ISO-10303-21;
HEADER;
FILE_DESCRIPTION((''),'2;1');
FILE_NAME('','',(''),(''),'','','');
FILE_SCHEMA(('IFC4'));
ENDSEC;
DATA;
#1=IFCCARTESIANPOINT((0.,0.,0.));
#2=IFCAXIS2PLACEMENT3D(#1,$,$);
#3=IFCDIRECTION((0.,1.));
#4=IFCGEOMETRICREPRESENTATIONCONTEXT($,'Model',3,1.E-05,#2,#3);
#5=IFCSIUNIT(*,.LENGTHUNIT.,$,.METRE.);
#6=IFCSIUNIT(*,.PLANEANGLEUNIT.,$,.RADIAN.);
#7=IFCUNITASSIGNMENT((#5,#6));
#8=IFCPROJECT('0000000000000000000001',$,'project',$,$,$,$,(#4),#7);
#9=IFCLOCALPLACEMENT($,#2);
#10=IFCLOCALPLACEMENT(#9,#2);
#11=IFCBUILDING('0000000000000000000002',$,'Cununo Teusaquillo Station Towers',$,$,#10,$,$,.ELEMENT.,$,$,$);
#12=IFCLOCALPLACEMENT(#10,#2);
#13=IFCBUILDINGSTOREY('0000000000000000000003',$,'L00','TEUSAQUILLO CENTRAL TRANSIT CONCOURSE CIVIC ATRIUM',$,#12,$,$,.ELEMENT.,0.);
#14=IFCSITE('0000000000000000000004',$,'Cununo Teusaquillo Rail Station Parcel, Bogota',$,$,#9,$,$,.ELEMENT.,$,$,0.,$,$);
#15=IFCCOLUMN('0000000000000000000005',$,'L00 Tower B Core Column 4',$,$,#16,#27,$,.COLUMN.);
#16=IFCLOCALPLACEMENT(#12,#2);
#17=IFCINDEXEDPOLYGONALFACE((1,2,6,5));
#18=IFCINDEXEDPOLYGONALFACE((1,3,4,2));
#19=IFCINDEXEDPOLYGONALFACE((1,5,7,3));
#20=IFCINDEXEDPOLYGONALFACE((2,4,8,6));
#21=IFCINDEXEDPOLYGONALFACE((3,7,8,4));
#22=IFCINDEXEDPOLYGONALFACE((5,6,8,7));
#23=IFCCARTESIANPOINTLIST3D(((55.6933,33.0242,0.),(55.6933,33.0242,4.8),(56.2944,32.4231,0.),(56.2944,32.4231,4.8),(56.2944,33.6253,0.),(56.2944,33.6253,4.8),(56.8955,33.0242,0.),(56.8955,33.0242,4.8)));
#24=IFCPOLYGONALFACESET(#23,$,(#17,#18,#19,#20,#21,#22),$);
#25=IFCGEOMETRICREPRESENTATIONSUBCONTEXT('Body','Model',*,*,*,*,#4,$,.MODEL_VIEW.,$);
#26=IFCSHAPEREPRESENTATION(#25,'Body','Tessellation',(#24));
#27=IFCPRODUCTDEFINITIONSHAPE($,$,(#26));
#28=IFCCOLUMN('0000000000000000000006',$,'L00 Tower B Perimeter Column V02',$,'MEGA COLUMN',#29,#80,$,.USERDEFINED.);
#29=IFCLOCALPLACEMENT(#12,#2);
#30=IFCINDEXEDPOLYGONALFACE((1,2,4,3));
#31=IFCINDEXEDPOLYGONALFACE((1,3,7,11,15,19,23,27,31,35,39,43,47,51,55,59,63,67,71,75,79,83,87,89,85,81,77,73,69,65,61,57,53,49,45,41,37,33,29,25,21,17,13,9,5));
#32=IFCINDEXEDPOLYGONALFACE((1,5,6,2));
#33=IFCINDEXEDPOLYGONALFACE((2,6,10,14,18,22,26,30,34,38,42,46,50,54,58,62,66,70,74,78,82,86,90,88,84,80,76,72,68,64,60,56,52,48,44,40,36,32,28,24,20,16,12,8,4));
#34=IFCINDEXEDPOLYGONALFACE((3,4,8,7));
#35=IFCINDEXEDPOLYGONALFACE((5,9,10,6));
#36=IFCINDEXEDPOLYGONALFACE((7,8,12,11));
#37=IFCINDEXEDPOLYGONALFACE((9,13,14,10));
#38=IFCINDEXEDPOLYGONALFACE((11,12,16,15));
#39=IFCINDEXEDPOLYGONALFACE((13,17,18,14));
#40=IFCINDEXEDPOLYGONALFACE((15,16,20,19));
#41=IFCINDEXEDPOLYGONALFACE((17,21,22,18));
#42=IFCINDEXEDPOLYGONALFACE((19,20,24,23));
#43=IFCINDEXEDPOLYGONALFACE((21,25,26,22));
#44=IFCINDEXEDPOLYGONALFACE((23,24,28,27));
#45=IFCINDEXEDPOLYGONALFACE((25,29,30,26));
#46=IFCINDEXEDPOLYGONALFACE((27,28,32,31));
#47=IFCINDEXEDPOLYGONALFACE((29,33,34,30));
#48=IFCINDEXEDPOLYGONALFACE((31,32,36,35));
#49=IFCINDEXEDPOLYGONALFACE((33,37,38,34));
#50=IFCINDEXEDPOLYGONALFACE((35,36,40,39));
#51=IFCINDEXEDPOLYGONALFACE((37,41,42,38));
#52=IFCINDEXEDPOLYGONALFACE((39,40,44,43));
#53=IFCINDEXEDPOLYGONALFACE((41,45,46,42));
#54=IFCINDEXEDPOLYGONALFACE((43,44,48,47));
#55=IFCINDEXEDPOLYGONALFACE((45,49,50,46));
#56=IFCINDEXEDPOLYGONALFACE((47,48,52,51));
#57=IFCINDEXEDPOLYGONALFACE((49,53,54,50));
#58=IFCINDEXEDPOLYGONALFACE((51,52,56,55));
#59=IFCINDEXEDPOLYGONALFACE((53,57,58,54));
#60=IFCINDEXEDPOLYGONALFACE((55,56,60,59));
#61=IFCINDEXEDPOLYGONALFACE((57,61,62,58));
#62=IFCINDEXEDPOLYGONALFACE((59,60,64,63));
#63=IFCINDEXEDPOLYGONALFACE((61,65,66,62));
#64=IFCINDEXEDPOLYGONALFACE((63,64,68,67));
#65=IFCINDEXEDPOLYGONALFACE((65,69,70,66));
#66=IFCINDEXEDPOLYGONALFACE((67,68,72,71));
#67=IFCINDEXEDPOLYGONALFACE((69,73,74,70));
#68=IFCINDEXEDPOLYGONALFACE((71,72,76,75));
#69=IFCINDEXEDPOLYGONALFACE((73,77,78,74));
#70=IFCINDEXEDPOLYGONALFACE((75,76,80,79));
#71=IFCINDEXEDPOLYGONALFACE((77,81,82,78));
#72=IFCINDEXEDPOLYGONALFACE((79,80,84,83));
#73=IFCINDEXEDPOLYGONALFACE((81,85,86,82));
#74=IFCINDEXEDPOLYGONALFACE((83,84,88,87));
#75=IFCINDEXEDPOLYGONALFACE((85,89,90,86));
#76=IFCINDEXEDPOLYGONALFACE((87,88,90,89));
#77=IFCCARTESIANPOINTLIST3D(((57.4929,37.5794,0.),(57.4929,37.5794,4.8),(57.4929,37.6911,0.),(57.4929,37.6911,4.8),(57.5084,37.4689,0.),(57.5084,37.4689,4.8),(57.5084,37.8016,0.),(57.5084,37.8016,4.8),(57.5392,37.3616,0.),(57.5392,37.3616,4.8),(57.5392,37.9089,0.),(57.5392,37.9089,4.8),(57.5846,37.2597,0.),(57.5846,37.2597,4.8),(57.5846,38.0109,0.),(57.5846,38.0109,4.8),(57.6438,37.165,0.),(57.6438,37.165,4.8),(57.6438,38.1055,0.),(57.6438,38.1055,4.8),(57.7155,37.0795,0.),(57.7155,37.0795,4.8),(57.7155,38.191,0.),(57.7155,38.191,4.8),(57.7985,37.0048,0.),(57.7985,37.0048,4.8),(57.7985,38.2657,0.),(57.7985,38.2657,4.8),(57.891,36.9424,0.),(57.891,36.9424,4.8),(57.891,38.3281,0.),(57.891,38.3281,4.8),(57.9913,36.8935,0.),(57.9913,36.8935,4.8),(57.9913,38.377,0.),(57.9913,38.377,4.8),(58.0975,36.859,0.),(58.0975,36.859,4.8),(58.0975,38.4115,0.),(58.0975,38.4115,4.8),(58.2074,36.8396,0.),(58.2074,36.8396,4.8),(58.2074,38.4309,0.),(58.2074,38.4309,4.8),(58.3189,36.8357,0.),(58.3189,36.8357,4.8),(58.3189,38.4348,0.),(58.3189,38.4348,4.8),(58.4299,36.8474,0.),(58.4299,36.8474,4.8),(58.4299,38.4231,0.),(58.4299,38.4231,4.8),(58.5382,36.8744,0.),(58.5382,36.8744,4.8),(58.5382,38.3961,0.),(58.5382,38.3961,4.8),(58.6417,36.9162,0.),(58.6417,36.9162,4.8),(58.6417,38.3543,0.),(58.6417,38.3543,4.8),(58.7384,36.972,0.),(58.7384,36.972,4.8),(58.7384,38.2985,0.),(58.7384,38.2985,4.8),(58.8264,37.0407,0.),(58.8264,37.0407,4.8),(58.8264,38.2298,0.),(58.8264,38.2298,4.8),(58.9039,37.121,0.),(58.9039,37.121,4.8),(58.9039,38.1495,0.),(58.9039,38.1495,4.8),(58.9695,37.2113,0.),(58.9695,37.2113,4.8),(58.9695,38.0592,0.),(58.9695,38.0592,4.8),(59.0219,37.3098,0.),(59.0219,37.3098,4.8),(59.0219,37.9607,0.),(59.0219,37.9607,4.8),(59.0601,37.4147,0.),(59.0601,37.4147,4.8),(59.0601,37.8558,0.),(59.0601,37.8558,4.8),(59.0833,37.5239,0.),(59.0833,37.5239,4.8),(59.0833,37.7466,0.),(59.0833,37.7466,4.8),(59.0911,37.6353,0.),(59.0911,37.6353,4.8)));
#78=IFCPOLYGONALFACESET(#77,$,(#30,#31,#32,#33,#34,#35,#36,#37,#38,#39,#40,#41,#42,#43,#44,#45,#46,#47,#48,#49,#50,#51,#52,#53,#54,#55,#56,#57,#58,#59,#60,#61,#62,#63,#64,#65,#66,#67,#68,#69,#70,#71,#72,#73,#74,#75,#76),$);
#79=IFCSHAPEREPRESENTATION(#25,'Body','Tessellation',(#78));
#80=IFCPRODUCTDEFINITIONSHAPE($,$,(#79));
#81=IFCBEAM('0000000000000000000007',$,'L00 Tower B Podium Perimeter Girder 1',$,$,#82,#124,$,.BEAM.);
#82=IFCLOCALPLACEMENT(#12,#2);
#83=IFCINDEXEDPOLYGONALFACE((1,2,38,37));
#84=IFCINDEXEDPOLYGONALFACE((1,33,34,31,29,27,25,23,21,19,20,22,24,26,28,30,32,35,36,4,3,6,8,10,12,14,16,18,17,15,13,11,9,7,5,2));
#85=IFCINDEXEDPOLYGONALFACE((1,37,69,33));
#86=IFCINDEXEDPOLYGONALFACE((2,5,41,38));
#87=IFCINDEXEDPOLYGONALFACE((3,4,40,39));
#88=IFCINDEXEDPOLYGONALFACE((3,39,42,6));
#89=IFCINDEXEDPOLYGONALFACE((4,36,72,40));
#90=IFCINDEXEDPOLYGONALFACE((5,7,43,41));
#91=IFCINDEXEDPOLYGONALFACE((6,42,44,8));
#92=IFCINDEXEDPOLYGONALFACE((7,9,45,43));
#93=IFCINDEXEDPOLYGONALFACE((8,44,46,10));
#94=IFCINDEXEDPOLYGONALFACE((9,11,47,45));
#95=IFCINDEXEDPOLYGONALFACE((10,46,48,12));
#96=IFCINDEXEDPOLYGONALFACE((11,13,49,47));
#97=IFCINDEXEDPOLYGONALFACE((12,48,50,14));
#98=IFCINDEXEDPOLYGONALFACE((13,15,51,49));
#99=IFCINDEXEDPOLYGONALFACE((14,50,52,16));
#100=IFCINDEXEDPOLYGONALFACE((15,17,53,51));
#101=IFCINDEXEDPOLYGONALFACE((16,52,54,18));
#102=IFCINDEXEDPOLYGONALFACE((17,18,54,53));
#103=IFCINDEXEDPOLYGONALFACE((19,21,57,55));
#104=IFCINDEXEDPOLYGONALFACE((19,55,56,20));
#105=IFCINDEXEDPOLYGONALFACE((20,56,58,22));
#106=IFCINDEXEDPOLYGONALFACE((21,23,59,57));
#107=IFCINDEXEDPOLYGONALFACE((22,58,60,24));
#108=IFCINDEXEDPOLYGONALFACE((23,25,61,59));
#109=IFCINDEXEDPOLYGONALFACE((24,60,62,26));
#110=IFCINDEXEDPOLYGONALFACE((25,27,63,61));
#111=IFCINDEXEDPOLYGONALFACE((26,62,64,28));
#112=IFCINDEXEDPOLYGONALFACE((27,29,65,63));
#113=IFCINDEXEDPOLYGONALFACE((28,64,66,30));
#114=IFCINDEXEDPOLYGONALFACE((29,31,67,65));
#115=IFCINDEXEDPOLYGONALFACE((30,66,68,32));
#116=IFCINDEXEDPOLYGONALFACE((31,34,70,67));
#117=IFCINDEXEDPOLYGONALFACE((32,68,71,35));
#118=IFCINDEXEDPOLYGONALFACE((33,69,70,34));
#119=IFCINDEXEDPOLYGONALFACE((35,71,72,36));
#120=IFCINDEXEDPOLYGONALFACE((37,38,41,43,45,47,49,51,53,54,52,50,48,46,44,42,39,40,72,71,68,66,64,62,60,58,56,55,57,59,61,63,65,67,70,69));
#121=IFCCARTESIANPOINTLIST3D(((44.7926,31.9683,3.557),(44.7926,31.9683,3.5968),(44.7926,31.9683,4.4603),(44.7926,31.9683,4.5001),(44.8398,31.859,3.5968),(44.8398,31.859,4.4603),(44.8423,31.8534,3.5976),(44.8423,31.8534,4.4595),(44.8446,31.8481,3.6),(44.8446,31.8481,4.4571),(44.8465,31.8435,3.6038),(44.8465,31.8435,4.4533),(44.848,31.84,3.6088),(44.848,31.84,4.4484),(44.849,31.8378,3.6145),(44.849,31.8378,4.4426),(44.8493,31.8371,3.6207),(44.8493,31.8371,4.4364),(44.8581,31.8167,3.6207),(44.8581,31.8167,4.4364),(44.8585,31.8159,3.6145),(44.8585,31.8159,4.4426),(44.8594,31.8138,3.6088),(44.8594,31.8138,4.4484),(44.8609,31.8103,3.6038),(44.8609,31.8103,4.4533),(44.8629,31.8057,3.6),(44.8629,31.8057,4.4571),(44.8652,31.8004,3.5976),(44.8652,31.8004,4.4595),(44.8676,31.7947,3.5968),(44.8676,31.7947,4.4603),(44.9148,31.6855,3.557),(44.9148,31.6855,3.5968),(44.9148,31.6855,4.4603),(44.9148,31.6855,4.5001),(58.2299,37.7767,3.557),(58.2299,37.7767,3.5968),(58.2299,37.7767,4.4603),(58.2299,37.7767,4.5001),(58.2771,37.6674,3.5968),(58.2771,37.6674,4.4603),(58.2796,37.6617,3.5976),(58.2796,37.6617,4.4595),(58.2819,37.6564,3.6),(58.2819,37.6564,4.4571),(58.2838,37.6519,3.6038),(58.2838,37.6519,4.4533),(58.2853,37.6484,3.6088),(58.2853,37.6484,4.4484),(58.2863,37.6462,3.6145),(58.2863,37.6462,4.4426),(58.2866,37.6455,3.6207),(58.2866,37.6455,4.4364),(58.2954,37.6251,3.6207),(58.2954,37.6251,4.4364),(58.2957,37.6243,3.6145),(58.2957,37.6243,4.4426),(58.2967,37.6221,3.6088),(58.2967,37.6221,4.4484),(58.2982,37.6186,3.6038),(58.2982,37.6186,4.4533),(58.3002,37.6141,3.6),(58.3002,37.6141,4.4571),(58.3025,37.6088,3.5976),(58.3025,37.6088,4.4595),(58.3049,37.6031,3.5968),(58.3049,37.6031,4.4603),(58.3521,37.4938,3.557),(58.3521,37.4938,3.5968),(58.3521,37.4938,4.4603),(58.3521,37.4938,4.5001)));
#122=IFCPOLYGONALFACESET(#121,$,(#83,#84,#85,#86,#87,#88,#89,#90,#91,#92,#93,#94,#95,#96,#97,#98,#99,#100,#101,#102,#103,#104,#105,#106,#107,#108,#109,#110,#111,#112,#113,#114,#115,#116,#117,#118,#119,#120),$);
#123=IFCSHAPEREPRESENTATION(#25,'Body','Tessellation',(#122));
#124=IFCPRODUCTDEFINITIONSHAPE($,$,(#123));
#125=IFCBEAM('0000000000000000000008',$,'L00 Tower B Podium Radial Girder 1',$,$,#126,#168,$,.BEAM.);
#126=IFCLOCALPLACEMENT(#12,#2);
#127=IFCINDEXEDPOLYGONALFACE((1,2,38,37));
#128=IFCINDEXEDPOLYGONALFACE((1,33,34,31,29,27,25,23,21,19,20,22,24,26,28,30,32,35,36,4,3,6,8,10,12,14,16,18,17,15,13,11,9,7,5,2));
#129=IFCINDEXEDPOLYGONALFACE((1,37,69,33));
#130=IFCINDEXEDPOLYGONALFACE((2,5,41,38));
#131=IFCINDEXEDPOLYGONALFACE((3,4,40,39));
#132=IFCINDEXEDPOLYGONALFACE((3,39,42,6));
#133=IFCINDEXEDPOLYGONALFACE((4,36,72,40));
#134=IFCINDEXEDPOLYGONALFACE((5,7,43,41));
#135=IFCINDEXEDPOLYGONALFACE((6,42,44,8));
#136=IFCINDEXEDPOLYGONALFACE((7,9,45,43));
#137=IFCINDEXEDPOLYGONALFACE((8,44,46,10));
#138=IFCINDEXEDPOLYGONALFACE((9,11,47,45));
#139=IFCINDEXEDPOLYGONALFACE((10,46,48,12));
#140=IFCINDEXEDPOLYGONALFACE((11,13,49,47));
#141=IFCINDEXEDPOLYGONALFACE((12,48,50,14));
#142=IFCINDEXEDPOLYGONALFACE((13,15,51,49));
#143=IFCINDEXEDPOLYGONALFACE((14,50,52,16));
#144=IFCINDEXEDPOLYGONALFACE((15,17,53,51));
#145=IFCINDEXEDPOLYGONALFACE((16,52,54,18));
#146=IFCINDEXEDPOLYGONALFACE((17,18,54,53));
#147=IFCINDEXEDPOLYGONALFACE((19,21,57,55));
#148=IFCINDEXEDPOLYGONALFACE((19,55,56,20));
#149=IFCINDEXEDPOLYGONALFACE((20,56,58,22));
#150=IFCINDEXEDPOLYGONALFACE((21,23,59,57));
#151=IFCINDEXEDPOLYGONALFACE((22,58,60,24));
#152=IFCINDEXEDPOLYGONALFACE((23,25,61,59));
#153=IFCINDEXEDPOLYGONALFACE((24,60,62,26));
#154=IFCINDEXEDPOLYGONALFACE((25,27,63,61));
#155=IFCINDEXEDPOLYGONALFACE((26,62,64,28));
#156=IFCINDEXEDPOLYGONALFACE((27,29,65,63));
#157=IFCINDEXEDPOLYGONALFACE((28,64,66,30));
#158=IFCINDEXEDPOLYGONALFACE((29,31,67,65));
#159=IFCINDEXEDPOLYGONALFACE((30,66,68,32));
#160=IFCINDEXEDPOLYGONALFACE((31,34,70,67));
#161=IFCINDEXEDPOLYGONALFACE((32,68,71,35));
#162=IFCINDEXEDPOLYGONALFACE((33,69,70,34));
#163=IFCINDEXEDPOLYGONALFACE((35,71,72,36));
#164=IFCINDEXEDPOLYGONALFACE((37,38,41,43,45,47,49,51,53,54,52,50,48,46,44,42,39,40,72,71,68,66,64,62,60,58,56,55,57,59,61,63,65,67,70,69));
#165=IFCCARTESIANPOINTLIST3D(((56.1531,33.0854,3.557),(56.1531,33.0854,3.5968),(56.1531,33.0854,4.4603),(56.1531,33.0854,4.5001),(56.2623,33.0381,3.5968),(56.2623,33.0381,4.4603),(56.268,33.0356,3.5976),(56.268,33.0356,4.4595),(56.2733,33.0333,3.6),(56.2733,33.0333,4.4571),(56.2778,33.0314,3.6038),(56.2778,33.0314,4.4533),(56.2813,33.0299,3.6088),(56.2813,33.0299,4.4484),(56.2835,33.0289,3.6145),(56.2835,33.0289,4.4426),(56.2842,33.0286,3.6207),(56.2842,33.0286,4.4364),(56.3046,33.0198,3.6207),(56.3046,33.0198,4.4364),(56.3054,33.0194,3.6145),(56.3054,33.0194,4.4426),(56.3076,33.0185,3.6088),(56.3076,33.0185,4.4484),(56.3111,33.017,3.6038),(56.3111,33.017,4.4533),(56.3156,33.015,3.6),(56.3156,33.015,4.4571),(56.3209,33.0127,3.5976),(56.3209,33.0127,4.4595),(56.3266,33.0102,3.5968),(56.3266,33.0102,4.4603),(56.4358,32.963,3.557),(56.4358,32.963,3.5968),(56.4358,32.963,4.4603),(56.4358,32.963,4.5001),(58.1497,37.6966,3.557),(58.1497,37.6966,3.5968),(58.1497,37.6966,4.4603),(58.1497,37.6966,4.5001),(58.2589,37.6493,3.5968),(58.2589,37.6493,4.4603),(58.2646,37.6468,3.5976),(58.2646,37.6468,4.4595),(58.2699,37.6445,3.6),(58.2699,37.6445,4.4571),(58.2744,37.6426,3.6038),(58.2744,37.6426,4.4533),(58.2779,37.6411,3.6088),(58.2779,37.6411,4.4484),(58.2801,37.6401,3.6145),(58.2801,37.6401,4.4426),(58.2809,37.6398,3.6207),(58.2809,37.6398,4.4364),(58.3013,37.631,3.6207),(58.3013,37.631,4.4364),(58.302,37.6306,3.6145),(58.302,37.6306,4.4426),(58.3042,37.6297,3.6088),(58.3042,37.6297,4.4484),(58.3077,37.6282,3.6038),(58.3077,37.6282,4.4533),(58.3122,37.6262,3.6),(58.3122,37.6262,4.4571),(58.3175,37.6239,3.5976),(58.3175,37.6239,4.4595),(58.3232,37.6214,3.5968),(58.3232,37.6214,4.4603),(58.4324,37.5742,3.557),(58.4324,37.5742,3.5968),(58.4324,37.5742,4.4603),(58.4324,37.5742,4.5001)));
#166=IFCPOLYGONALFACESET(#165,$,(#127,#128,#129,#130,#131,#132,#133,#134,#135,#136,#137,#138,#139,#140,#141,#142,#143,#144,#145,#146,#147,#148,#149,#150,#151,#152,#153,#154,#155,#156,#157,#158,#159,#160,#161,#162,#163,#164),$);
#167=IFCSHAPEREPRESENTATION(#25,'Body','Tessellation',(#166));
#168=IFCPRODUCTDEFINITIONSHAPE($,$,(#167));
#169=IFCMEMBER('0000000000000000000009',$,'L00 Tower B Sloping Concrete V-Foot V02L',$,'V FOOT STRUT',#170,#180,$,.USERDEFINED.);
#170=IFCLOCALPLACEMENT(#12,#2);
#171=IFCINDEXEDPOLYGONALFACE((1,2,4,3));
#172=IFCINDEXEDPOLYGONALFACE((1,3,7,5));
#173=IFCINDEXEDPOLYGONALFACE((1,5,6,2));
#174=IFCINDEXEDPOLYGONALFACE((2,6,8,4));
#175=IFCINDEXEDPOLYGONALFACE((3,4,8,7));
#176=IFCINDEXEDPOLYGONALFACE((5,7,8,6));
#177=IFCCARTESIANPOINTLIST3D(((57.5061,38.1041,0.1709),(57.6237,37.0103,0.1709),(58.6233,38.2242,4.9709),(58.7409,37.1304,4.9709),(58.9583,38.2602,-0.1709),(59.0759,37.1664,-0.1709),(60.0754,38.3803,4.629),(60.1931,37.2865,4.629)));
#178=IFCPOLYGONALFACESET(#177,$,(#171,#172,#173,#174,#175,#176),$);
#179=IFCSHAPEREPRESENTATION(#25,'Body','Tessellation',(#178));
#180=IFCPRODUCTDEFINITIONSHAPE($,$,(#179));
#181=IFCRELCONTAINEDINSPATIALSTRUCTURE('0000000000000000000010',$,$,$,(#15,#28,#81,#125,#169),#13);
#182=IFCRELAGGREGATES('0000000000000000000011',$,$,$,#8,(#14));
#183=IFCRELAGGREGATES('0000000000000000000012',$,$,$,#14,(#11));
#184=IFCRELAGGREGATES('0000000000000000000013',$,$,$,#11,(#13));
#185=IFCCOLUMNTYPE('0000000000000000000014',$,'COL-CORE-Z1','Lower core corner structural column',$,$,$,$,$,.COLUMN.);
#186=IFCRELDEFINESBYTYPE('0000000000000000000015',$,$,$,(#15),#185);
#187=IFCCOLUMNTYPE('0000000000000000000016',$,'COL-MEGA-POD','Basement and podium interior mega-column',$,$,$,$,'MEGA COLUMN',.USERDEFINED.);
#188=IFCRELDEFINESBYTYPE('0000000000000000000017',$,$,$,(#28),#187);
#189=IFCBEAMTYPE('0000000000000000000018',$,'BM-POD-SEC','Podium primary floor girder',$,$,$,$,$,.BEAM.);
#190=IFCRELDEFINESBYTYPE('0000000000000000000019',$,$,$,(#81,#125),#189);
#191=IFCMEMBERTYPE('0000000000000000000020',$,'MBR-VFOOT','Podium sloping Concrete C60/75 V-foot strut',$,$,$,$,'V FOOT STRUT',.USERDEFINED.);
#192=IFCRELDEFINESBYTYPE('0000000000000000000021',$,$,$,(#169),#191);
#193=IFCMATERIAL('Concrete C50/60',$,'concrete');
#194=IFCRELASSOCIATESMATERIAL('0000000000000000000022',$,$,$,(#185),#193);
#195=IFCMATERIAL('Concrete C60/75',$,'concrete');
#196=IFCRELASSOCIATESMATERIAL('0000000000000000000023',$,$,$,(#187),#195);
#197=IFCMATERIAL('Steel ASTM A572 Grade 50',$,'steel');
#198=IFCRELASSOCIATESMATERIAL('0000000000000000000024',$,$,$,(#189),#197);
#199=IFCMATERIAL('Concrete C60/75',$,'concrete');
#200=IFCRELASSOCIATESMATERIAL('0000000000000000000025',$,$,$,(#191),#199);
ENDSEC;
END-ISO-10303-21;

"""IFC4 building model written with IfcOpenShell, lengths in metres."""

from ifc_helpers import new_model, si_unit, direction, frame, origin, origin_2d, place, context, subcontext, project, spatial, rectangle, circle, i_section, extrude, material, material_profile, profile_set, type_object, element, save


model = new_model("IFC4")

# Units and contexts
model_context = context("Model", 3, precision=1e-05, world=origin(), true_north=direction((0.0, 1.0)))
body_context = subcontext(model_context, "Body", "Model", "MODEL_VIEW")
ifc_project = project(units=[si_unit("LENGTHUNIT", "METRE"), si_unit("PLANEANGLEUNIT", "RADIAN")], contexts=[model_context])

# Site, building, storey
site_placement = place(None, origin())
site = spatial("IfcSite", under=ifc_project, at=site_placement, Name="Cununo Teusaquillo Rail Station Parcel, Bogota", CompositionType="ELEMENT", RefElevation=0.0)
building_placement = place(site_placement, origin())
building = spatial("IfcBuilding", under=site, at=building_placement, Name="Cununo Teusaquillo Station Towers", CompositionType="ELEMENT")
storey_placement = place(building_placement, origin())
storey = spatial("IfcBuildingStorey", under=building, at=storey_placement, Name="L00", Description="TEUSAQUILLO CENTRAL TRANSIT CONCOURSE CIVIC ATRIUM", CompositionType="ELEMENT", Elevation=0.0)

# Columns
ifc_material_1 = material(Name="Concrete C50/60", Category="concrete")
ifc_material_profile_1 = material_profile(ifc_material_1, rectangle(XDim=0.8501, YDim=0.8501, at=origin_2d()), Name="RC-RECT-850x850")
ifc_profile_set_1 = profile_set([ifc_material_profile_1], Name="Concrete C50/60")
column_type_1 = type_object("IfcColumnType", Name="COL-CORE-Z1", Description="Lower core corner structural column", PredefinedType="COLUMN", material=ifc_profile_set_1)
column_1_placement = place(storey_placement, frame((56.2944, 33.0242, 0.0), z_axis=(0.0, 0.0, 1.0), x_axis=(0.707107, 0.707107, 0.0)))
element("IfcColumn", 1, at=column_1_placement, inside=storey, type_object=column_type_1, Name="L00 Tower B Core Column 4", PredefinedType="COLUMN", context=body_context, shape_type="SweptSolid", body=[
    extrude(rectangle(XDim=0.8501, YDim=0.8501, at=origin_2d()), origin(), (0.0, 0.0, 1.0), 4.8),
])
ifc_material_2 = material(Name="Concrete C60/75", Category="concrete")
ifc_material_profile_2 = material_profile(ifc_material_2, circle(Radius=0.8, at=origin_2d()), Name="RC-CIRC-1600")
ifc_profile_set_2 = profile_set([ifc_material_profile_2], Name="Concrete C60/75")
column_type_2 = type_object("IfcColumnType", Name="COL-MEGA-POD", Description="Basement and podium interior mega-column", ElementType="MEGA COLUMN", PredefinedType="USERDEFINED", material=ifc_profile_set_2)
column_2_placement = place(storey_placement, frame((58.291, 37.6353, 0.0), z_axis=(0.0, 0.0, 1.0), x_axis=(1.0, 0.0, 0.0)))
element("IfcColumn", 2, at=column_2_placement, inside=storey, type_object=column_type_2, Name="L00 Tower B Perimeter Column V02", ObjectType="MEGA COLUMN", PredefinedType="USERDEFINED", context=body_context, shape_type="SweptSolid", body=[
    extrude(circle(Radius=0.8, at=origin_2d()), origin(), (0.0, 0.0, 1.0), 4.8),
])

# Beams
ifc_material_3 = material(Name="Steel ASTM A572 Grade 50", Category="steel")
ifc_material_profile_3 = material_profile(ifc_material_3, i_section(OverallWidth=0.3081, OverallDepth=0.9431, WebThickness=0.0222, FlangeThickness=0.0398, FilletRadius=0.0239, at=origin_2d()), Name="W36X232")
ifc_profile_set_3 = profile_set([ifc_material_profile_3], Name="Steel ASTM A572 Grade 50")
beam_type = type_object("IfcBeamType", Name="BM-POD-SEC", Description="Podium primary floor girder", PredefinedType="BEAM", material=ifc_profile_set_3)
beam_1_placement = place(storey_placement, frame((58.291, 37.6353, 4.0286), z_axis=(-0.917916, -0.396776, 0.0), x_axis=(0.396776, -0.917916, 0.0)))
element("IfcBeam", 3, at=beam_1_placement, inside=storey, type_object=beam_type, Name="L00 Tower B Podium Perimeter Girder 1", PredefinedType="BEAM", context=body_context, shape_type="SweptSolid", body=[
    extrude(i_section(OverallWidth=0.3081, OverallDepth=0.9431, WebThickness=0.0222, FlangeThickness=0.0398, FilletRadius=0.0239, at=origin_2d()), origin(), (0.0, 0.0, 1.0), 14.6389),
])
beam_2_placement = place(storey_placement, frame((56.2944, 33.0242, 4.0286), z_axis=(0.397347, 0.917668, 0.0), x_axis=(-0.917668, 0.397347, 0.0)))
element("IfcBeam", 4, at=beam_2_placement, inside=storey, type_object=beam_type, Name="L00 Tower B Podium Radial Girder 1", PredefinedType="BEAM", context=body_context, shape_type="SweptSolid", body=[
    extrude(i_section(OverallWidth=0.3081, OverallDepth=0.9431, WebThickness=0.0222, FlangeThickness=0.0398, FilletRadius=0.0239, at=origin_2d()), origin(), (0.0, 0.0, 1.0), 5.0249),
])

# Member
ifc_material_4 = material(Name="Concrete C60/75", Category="concrete")
ifc_material_profile_4 = material_profile(ifc_material_4, rectangle(XDim=1.1001, YDim=1.5, at=origin_2d()), Name="RC-RECT-1500x1100")
ifc_profile_set_4 = profile_set([ifc_material_profile_4], Name="Concrete C60/75")
member_type = type_object("IfcMemberType", Name="MBR-VFOOT", Description="Podium sloping Concrete C60/75 V-foot strut", ElementType="V FOOT STRUT", PredefinedType="USERDEFINED", material=ifc_profile_set_4)
member_1_placement = place(storey_placement, frame((58.291, 37.6353, 0.0), z_axis=(0.226619, 0.024365, 0.973679), x_axis=(-0.106901, 0.99427, 0.0)))
element("IfcMember", 5, at=member_1_placement, inside=storey, type_object=member_type, Name="L00 Tower B Sloping Concrete V-Foot V02L", ObjectType="V FOOT STRUT", PredefinedType="USERDEFINED", context=body_context, shape_type="SweptSolid", body=[
    extrude(rectangle(XDim=1.1001, YDim=1.5, at=origin_2d()), origin(), (0.0, 0.0, 1.0), 4.9297),
])

save(model, "model.ifc")
